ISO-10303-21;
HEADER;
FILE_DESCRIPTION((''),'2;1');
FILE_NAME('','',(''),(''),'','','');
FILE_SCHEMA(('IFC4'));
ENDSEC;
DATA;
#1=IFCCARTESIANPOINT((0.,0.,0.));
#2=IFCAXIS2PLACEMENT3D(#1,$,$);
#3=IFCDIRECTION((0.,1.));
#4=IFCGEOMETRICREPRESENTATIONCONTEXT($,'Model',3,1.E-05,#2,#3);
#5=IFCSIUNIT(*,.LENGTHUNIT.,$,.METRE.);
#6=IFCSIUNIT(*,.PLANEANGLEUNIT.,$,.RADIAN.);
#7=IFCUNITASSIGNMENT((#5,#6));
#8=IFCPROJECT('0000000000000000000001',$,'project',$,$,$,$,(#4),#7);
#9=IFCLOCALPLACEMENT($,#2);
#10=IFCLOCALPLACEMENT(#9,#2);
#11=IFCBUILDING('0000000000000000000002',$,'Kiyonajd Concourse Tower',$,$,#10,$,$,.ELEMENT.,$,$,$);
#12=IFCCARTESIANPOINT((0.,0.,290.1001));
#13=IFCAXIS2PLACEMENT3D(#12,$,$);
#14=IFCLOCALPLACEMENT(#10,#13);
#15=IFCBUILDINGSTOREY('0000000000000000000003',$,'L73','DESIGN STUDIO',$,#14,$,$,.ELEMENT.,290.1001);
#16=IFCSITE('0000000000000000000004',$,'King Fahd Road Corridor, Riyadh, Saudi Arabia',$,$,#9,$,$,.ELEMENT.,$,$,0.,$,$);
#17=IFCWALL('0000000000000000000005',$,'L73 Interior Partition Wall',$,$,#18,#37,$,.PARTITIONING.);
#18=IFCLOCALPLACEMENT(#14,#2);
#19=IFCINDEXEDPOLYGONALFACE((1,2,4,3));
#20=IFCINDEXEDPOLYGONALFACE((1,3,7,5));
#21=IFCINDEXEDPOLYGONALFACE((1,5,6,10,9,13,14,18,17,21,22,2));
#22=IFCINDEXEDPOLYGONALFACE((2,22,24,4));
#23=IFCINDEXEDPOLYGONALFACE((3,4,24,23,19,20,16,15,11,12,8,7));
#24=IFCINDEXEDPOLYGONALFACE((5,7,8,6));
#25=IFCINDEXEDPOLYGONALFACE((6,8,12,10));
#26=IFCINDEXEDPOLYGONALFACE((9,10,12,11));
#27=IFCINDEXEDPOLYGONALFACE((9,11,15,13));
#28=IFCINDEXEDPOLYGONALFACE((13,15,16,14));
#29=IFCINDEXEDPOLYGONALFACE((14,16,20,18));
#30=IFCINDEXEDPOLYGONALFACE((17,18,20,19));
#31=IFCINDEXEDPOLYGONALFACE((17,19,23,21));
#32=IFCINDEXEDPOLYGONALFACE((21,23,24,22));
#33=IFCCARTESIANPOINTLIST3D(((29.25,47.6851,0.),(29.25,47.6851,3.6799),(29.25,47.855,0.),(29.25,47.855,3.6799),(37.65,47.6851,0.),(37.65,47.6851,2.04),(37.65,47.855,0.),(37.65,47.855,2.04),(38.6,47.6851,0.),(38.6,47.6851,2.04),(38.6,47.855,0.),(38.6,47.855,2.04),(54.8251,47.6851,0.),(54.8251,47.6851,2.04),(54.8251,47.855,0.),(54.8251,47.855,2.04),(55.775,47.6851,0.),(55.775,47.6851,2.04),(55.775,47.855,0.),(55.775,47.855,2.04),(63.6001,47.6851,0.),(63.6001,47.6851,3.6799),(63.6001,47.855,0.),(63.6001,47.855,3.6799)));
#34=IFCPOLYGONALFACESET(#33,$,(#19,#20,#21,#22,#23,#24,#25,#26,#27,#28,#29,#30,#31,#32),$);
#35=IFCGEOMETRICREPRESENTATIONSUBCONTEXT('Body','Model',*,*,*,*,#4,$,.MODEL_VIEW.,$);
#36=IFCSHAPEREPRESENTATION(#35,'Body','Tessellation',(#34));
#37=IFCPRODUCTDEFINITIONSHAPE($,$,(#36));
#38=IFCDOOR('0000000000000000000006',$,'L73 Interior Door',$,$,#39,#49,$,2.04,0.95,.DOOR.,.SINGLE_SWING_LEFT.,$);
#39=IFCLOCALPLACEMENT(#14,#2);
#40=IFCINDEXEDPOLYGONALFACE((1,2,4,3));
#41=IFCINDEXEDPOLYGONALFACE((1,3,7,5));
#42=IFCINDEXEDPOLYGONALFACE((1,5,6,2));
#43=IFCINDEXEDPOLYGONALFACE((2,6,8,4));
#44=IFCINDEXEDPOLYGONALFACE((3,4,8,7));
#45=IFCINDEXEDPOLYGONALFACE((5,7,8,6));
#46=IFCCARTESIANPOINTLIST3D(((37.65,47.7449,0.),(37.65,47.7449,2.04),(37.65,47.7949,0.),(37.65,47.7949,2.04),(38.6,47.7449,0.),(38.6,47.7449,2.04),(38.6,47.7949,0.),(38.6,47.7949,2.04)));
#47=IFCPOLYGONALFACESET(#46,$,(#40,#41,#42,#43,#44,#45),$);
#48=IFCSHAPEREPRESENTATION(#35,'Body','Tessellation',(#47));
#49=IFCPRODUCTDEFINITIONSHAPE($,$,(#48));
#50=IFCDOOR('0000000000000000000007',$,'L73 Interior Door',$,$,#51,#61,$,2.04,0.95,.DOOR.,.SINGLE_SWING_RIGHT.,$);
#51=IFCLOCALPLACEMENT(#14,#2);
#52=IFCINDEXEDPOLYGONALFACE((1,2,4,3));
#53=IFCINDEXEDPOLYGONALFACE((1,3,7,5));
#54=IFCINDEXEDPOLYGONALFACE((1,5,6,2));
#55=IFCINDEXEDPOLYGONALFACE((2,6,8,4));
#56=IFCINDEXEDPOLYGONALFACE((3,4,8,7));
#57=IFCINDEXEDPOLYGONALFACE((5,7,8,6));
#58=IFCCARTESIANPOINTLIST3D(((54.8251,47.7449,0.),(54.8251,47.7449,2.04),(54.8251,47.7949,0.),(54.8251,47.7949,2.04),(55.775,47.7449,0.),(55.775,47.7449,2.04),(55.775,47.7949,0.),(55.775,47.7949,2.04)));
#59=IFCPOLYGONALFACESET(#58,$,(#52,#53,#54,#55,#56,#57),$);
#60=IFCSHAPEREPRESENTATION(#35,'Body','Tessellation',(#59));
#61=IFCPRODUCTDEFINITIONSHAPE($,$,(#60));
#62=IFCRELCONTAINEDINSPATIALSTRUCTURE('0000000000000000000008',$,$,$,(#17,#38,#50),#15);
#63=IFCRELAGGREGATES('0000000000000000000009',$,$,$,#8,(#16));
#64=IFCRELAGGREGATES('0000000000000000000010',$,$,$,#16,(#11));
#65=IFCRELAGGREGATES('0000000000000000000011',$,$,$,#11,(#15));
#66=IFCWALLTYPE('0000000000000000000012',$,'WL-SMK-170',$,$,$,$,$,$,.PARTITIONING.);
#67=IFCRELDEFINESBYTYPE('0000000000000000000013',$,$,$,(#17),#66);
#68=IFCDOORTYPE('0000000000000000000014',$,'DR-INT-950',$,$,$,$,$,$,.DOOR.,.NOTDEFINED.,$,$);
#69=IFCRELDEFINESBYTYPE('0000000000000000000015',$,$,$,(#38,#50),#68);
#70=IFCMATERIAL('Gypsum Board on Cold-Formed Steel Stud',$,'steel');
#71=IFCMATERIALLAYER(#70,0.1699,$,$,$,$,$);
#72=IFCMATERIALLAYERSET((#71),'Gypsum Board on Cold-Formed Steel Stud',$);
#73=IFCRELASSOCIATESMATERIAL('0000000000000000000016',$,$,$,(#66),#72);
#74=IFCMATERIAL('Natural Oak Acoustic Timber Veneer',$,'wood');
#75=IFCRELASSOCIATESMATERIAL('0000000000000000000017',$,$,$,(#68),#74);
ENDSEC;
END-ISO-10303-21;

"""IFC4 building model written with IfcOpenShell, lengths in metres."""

from ifc_helpers import new_model, si_unit, direction, frame, frame_2d, origin, place, context, subcontext, project, spatial, rectangle, extrude, material, layer, layer_set, type_object, element, fill, save


model = new_model("IFC4")

# Units and contexts
model_context = context("Model", 3, precision=1e-05, world=origin(), true_north=direction((0.0, 1.0)))
body_context = subcontext(model_context, "Body", "Model", "MODEL_VIEW")
ifc_project = project(units=[si_unit("LENGTHUNIT", "METRE"), si_unit("PLANEANGLEUNIT", "RADIAN")], contexts=[model_context])

# Site, building, storey
site_placement = place(None, origin())
site = spatial("IfcSite", under=ifc_project, at=site_placement, Name="King Fahd Road Corridor, Riyadh, Saudi Arabia", CompositionType="ELEMENT", RefElevation=0.0)
building_placement = place(site_placement, origin())
building = spatial("IfcBuilding", under=site, at=building_placement, Name="Kiyonajd Concourse Tower", CompositionType="ELEMENT")
storey_placement = place(building_placement, frame((0.0, 0.0, 290.1001)))
storey = spatial("IfcBuildingStorey", under=building, at=storey_placement, Name="L73", Description="DESIGN STUDIO", CompositionType="ELEMENT", Elevation=290.1001)

# Wall, openings, doors
ifc_material_1 = material(Name="Gypsum Board on Cold-Formed Steel Stud", Category="steel")
ifc_layer_1 = layer(ifc_material_1, 0.1699)
ifc_layer_set_1 = layer_set([ifc_layer_1], Name="Gypsum Board on Cold-Formed Steel Stud")
wall_type_1 = type_object("IfcWallType", Name="WL-SMK-170", PredefinedType="PARTITIONING", material=ifc_layer_set_1)
wall_1_placement = place(storey_placement, frame((29.25, 47.77, 0.0), z_axis=(0.0, 0.0, 1.0), x_axis=(1.0, 0.0, 0.0)))
wall_1 = element("IfcWall", 1, at=wall_1_placement, inside=storey, type_object=wall_type_1, Name="L73 Interior Partition Wall", PredefinedType="PARTITIONING", context=body_context, shape_type="SweptSolid", body=[
    extrude(rectangle(XDim=34.3501, YDim=0.1699, at=frame_2d((17.175, 0.0))), origin(), (0.0, 0.0, 1.0), 3.6799),
])
opening_1_placement = place(wall_1_placement, frame((8.3999, 0.0, 0.0)))
opening_1 = element("IfcOpeningElement", 2, at=opening_1_placement, cuts=wall_1, PredefinedType="OPENING", context=body_context, shape_type="SweptSolid", body=[
    extrude(rectangle(XDim=0.95, YDim=2.04, at=frame_2d((0.4751, 1.02))), frame((0.0, 0.095, 0.0), z_axis=(0.0, -1.0, 0.0), x_axis=(1.0, 0.0, 0.0)), (0.0, 0.0, 1.0), 0.1899),
])
opening_2_placement = place(wall_1_placement, frame((25.575, 0.0, 0.0)))
opening_2 = element("IfcOpeningElement", 3, at=opening_2_placement, cuts=wall_1, PredefinedType="OPENING", context=body_context, shape_type="SweptSolid", body=[
    extrude(rectangle(XDim=0.95, YDim=2.04, at=frame_2d((0.4751, 1.02))), frame((0.0, 0.095, 0.0), z_axis=(0.0, -1.0, 0.0), x_axis=(1.0, 0.0, 0.0)), (0.0, 0.0, 1.0), 0.1899),
])
ifc_material_2 = material(Name="Natural Oak Acoustic Timber Veneer", Category="wood")
door_type = type_object("IfcDoorType", Name="DR-INT-950", OperationType="NOTDEFINED", PredefinedType="DOOR", material=ifc_material_2)
door_1_placement = place(opening_1_placement, origin())
door_1 = element("IfcDoor", 4, at=door_1_placement, inside=storey, type_object=door_type, Name="L73 Interior Door", OperationType="SINGLE_SWING_LEFT", OverallHeight=2.04, OverallWidth=0.95, PredefinedType="DOOR", context=body_context, shape_type="SweptSolid", body=[
    extrude(rectangle(XDim=0.95, YDim=2.04, at=frame_2d((0.4751, 1.02))), frame((0.0, 0.0249, 0.0), z_axis=(0.0, -1.0, 0.0), x_axis=(1.0, 0.0, 0.0)), (0.0, 0.0, 1.0), 0.05),
])
fill(opening_1, door_1)
door_2_placement = place(opening_2_placement, origin())
door_2 = element("IfcDoor", 5, at=door_2_placement, inside=storey, type_object=door_type, Name="L73 Interior Door", OperationType="SINGLE_SWING_RIGHT", OverallHeight=2.04, OverallWidth=0.95, PredefinedType="DOOR", context=body_context, shape_type="SweptSolid", body=[
    extrude(rectangle(XDim=0.95, YDim=2.04, at=frame_2d((0.4751, 1.02))), frame((0.0, 0.0249, 0.0), z_axis=(0.0, -1.0, 0.0), x_axis=(1.0, 0.0, 0.0)), (0.0, 0.0, 1.0), 0.05),
])
fill(opening_2, door_2)

save(model, "model.ifc")
